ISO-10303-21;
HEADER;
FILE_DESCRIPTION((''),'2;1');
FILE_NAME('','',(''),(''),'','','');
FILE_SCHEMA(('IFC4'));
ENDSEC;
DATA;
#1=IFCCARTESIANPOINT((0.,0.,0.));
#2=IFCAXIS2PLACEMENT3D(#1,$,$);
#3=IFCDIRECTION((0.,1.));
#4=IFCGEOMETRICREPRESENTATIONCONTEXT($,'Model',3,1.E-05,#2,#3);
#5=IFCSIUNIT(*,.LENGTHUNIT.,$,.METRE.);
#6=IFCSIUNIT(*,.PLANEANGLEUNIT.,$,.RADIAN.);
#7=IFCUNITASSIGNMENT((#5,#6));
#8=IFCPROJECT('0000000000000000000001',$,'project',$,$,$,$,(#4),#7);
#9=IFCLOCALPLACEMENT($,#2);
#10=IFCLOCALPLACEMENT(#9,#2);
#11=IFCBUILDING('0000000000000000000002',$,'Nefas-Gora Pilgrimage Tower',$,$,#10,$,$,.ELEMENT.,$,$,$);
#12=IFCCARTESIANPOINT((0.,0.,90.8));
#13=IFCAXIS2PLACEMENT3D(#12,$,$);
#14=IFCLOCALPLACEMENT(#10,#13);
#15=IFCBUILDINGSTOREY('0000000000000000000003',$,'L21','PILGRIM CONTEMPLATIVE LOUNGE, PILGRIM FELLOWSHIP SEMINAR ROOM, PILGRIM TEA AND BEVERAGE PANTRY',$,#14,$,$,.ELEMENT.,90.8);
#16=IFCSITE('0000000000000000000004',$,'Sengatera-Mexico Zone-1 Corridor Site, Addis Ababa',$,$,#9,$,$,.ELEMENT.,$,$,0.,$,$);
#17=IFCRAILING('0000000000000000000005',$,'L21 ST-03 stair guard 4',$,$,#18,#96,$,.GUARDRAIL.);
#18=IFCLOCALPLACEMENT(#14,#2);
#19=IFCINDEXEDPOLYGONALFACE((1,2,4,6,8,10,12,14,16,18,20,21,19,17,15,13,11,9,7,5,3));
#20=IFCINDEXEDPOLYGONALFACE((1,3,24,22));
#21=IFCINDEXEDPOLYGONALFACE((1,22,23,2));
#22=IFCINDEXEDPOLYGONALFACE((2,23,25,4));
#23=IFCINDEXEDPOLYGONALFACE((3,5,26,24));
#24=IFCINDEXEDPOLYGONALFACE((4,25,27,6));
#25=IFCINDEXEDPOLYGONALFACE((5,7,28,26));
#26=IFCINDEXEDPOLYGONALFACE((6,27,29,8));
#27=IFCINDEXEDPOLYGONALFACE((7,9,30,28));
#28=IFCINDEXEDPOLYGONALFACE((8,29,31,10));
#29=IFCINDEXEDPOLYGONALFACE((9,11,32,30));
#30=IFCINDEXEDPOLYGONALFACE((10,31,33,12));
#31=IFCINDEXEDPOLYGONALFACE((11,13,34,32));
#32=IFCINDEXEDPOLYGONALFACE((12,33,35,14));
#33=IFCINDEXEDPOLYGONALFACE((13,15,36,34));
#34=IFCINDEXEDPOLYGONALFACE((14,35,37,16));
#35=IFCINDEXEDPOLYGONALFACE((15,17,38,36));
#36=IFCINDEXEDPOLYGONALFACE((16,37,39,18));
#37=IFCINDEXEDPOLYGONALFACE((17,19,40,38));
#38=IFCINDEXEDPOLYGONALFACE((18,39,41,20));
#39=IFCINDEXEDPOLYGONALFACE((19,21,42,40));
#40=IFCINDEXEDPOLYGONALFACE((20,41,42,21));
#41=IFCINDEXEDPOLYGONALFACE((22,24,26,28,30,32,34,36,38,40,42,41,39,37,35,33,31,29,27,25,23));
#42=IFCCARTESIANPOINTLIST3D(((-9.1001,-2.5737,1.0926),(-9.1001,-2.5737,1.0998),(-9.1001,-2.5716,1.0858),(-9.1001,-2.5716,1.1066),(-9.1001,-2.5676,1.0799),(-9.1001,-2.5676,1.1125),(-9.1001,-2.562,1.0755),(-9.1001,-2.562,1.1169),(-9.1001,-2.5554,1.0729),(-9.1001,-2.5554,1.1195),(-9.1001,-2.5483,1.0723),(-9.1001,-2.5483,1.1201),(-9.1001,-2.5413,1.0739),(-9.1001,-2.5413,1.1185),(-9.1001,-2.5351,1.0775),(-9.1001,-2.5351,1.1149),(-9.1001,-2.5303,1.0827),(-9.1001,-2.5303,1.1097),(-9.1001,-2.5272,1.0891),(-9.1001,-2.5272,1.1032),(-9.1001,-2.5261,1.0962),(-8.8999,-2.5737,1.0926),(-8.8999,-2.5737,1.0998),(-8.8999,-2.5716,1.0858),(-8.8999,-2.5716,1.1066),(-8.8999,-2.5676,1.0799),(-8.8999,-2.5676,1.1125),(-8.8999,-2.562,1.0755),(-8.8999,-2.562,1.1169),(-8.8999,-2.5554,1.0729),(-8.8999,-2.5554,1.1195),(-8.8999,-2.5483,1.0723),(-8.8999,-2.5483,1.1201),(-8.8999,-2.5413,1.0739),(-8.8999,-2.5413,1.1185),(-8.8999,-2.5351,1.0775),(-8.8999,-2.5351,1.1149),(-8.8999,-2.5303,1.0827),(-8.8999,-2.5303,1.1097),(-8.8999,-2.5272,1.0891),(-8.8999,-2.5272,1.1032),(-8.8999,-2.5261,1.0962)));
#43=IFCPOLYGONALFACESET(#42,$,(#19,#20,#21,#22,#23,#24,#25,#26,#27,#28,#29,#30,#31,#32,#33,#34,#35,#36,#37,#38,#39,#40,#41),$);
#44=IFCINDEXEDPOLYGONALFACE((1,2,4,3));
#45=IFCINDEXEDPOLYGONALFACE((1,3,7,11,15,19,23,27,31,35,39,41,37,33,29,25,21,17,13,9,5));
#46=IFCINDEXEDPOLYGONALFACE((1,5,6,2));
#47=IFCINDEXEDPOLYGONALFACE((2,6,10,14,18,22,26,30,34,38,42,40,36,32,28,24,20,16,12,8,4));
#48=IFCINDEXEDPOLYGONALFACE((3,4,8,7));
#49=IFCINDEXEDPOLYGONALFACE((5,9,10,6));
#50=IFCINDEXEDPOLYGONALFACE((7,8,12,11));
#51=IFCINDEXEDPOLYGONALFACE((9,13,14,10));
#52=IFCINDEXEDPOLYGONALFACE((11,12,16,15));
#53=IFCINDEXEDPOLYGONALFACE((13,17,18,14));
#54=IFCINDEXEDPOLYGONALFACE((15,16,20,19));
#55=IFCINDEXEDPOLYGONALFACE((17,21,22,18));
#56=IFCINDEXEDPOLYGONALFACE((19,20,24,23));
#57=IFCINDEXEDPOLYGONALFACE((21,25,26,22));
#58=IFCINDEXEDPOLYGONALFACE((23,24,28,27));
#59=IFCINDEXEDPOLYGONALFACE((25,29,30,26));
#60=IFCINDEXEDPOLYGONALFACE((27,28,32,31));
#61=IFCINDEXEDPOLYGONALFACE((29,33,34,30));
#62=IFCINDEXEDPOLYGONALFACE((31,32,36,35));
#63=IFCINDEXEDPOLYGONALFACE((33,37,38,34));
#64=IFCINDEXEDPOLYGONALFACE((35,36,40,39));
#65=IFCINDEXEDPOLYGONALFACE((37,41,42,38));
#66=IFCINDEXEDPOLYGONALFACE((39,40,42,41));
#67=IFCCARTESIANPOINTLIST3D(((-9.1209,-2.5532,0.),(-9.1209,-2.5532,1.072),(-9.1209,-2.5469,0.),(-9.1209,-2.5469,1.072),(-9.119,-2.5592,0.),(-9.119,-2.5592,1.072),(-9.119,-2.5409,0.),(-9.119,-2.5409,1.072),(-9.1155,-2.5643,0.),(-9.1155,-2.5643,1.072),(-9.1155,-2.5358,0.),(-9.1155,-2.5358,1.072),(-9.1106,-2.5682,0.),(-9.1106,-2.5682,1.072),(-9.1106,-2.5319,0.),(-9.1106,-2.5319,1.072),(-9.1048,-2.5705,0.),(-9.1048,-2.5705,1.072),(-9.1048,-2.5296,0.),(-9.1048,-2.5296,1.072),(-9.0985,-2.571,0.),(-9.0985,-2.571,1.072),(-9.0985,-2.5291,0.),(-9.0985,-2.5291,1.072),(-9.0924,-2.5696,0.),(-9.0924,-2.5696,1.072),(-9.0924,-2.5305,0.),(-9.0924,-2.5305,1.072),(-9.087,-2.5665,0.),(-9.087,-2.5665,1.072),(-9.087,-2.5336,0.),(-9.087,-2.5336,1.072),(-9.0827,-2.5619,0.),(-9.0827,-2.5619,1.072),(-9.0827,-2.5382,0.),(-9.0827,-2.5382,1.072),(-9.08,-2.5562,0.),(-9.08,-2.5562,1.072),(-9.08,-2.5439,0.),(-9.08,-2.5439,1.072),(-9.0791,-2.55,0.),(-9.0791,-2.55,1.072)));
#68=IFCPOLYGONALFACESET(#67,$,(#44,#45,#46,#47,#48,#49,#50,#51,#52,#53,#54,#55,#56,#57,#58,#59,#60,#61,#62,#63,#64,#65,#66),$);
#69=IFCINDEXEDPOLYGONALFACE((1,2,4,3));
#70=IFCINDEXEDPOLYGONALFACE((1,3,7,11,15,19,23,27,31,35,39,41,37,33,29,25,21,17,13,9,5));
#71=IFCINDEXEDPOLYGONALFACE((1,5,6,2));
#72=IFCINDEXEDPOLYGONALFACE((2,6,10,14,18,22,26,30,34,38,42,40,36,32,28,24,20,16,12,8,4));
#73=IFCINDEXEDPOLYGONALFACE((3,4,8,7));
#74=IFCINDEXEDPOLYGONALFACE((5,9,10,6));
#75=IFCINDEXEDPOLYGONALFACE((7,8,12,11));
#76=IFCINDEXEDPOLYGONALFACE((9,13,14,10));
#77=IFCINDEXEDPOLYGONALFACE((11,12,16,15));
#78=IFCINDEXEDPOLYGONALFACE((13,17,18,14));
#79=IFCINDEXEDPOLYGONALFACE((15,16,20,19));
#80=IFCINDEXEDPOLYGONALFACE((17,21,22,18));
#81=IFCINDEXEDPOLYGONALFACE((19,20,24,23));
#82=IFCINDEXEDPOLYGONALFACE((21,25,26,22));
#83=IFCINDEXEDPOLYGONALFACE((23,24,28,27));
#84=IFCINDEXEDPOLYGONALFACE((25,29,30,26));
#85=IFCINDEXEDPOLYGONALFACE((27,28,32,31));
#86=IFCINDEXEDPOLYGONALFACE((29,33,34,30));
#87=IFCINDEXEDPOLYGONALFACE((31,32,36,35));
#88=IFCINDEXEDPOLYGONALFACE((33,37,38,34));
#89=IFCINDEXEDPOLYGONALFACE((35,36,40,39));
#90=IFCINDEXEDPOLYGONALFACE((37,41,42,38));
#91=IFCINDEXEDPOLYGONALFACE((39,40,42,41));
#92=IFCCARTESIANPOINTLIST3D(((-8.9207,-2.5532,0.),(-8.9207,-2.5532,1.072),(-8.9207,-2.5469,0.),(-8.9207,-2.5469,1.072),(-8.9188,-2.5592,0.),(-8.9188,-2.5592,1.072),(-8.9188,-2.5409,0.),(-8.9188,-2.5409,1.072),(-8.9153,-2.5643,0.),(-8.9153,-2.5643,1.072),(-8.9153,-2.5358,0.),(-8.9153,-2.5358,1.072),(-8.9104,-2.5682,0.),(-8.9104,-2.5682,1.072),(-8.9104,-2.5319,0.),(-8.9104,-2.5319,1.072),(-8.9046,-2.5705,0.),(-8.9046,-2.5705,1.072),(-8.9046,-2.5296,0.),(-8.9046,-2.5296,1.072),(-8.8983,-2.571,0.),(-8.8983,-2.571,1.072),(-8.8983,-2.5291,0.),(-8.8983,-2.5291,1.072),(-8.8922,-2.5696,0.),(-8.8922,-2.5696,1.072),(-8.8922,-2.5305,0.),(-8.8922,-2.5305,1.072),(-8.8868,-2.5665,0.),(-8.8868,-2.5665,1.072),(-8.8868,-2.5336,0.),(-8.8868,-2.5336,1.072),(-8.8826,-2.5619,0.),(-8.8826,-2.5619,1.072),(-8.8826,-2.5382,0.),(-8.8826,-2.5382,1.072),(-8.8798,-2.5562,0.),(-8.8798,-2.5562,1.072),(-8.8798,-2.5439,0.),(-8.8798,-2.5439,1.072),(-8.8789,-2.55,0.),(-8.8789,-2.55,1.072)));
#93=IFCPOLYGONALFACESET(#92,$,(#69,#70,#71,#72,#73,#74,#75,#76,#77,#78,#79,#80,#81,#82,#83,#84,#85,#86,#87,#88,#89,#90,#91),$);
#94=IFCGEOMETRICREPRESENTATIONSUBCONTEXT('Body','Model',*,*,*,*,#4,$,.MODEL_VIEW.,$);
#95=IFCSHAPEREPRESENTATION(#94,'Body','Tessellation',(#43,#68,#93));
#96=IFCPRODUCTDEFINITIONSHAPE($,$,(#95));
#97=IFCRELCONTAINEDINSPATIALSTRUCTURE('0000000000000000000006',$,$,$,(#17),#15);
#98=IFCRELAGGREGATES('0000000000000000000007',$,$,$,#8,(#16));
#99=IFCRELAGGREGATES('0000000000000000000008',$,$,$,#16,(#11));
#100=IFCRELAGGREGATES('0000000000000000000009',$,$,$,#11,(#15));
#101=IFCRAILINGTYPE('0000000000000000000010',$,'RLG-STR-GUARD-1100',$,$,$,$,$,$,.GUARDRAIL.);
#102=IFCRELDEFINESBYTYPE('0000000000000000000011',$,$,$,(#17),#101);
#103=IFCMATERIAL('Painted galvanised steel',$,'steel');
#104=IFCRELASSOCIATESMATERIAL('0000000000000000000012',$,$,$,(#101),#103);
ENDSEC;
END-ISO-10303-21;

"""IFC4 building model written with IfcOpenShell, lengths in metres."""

from ifc_helpers import new_model, si_unit, direction, frame, origin, origin_2d, place, context, subcontext, project, spatial, circle, extrude, material, type_object, element, save


model = new_model("IFC4")

# Units and contexts
model_context = context("Model", 3, precision=1e-05, world=origin(), true_north=direction((0.0, 1.0)))
body_context = subcontext(model_context, "Body", "Model", "MODEL_VIEW")
ifc_project = project(units=[si_unit("LENGTHUNIT", "METRE"), si_unit("PLANEANGLEUNIT", "RADIAN")], contexts=[model_context])

# Site, building, storey
site_placement = place(None, origin())
site = spatial("IfcSite", under=ifc_project, at=site_placement, Name="Sengatera-Mexico Zone-1 Corridor Site, Addis Ababa", CompositionType="ELEMENT", RefElevation=0.0)
building_placement = place(site_placement, origin())
building = spatial("IfcBuilding", under=site, at=building_placement, Name="Nefas-Gora Pilgrimage Tower", CompositionType="ELEMENT")
storey_placement = place(building_placement, frame((0.0, 0.0, 90.8)))
storey = spatial("IfcBuildingStorey", under=building, at=storey_placement, Name="L21", Description="PILGRIM CONTEMPLATIVE LOUNGE, PILGRIM FELLOWSHIP SEMINAR ROOM, PILGRIM TEA AND BEVERAGE PANTRY", CompositionType="ELEMENT", Elevation=90.8)

# Railing
ifc_material_1 = material(Name="Painted galvanised steel", Category="steel")
railing_type_1 = type_object("IfcRailingType", Name="RLG-STR-GUARD-1100", PredefinedType="GUARDRAIL", material=ifc_material_1)
railing_1_placement = place(storey_placement, frame((-9.1001, -2.55, 0.0)))
element("IfcRailing", 1, at=railing_1_placement, inside=storey, type_object=railing_type_1, Name="L21 ST-03 stair guard 4", PredefinedType="GUARDRAIL", context=body_context, shape_type="SweptSolid", body=[
    extrude(circle(Radius=0.0239, at=origin_2d()), frame((0.0, 0.0, 1.0962), z_axis=(1.0, 0.0, 0.0), x_axis=(0.0, 1.0, 0.0)), (0.0, 0.0, 1.0), 0.2002),
    extrude(circle(Radius=0.021, at=origin_2d()), origin(), (0.0, 0.0, 1.0), 1.072),
    extrude(circle(Radius=0.021, at=origin_2d()), frame((0.2002, 0.0, 0.0)), (0.0, 0.0, 1.0), 1.072),
])

save(model, "model.ifc")
